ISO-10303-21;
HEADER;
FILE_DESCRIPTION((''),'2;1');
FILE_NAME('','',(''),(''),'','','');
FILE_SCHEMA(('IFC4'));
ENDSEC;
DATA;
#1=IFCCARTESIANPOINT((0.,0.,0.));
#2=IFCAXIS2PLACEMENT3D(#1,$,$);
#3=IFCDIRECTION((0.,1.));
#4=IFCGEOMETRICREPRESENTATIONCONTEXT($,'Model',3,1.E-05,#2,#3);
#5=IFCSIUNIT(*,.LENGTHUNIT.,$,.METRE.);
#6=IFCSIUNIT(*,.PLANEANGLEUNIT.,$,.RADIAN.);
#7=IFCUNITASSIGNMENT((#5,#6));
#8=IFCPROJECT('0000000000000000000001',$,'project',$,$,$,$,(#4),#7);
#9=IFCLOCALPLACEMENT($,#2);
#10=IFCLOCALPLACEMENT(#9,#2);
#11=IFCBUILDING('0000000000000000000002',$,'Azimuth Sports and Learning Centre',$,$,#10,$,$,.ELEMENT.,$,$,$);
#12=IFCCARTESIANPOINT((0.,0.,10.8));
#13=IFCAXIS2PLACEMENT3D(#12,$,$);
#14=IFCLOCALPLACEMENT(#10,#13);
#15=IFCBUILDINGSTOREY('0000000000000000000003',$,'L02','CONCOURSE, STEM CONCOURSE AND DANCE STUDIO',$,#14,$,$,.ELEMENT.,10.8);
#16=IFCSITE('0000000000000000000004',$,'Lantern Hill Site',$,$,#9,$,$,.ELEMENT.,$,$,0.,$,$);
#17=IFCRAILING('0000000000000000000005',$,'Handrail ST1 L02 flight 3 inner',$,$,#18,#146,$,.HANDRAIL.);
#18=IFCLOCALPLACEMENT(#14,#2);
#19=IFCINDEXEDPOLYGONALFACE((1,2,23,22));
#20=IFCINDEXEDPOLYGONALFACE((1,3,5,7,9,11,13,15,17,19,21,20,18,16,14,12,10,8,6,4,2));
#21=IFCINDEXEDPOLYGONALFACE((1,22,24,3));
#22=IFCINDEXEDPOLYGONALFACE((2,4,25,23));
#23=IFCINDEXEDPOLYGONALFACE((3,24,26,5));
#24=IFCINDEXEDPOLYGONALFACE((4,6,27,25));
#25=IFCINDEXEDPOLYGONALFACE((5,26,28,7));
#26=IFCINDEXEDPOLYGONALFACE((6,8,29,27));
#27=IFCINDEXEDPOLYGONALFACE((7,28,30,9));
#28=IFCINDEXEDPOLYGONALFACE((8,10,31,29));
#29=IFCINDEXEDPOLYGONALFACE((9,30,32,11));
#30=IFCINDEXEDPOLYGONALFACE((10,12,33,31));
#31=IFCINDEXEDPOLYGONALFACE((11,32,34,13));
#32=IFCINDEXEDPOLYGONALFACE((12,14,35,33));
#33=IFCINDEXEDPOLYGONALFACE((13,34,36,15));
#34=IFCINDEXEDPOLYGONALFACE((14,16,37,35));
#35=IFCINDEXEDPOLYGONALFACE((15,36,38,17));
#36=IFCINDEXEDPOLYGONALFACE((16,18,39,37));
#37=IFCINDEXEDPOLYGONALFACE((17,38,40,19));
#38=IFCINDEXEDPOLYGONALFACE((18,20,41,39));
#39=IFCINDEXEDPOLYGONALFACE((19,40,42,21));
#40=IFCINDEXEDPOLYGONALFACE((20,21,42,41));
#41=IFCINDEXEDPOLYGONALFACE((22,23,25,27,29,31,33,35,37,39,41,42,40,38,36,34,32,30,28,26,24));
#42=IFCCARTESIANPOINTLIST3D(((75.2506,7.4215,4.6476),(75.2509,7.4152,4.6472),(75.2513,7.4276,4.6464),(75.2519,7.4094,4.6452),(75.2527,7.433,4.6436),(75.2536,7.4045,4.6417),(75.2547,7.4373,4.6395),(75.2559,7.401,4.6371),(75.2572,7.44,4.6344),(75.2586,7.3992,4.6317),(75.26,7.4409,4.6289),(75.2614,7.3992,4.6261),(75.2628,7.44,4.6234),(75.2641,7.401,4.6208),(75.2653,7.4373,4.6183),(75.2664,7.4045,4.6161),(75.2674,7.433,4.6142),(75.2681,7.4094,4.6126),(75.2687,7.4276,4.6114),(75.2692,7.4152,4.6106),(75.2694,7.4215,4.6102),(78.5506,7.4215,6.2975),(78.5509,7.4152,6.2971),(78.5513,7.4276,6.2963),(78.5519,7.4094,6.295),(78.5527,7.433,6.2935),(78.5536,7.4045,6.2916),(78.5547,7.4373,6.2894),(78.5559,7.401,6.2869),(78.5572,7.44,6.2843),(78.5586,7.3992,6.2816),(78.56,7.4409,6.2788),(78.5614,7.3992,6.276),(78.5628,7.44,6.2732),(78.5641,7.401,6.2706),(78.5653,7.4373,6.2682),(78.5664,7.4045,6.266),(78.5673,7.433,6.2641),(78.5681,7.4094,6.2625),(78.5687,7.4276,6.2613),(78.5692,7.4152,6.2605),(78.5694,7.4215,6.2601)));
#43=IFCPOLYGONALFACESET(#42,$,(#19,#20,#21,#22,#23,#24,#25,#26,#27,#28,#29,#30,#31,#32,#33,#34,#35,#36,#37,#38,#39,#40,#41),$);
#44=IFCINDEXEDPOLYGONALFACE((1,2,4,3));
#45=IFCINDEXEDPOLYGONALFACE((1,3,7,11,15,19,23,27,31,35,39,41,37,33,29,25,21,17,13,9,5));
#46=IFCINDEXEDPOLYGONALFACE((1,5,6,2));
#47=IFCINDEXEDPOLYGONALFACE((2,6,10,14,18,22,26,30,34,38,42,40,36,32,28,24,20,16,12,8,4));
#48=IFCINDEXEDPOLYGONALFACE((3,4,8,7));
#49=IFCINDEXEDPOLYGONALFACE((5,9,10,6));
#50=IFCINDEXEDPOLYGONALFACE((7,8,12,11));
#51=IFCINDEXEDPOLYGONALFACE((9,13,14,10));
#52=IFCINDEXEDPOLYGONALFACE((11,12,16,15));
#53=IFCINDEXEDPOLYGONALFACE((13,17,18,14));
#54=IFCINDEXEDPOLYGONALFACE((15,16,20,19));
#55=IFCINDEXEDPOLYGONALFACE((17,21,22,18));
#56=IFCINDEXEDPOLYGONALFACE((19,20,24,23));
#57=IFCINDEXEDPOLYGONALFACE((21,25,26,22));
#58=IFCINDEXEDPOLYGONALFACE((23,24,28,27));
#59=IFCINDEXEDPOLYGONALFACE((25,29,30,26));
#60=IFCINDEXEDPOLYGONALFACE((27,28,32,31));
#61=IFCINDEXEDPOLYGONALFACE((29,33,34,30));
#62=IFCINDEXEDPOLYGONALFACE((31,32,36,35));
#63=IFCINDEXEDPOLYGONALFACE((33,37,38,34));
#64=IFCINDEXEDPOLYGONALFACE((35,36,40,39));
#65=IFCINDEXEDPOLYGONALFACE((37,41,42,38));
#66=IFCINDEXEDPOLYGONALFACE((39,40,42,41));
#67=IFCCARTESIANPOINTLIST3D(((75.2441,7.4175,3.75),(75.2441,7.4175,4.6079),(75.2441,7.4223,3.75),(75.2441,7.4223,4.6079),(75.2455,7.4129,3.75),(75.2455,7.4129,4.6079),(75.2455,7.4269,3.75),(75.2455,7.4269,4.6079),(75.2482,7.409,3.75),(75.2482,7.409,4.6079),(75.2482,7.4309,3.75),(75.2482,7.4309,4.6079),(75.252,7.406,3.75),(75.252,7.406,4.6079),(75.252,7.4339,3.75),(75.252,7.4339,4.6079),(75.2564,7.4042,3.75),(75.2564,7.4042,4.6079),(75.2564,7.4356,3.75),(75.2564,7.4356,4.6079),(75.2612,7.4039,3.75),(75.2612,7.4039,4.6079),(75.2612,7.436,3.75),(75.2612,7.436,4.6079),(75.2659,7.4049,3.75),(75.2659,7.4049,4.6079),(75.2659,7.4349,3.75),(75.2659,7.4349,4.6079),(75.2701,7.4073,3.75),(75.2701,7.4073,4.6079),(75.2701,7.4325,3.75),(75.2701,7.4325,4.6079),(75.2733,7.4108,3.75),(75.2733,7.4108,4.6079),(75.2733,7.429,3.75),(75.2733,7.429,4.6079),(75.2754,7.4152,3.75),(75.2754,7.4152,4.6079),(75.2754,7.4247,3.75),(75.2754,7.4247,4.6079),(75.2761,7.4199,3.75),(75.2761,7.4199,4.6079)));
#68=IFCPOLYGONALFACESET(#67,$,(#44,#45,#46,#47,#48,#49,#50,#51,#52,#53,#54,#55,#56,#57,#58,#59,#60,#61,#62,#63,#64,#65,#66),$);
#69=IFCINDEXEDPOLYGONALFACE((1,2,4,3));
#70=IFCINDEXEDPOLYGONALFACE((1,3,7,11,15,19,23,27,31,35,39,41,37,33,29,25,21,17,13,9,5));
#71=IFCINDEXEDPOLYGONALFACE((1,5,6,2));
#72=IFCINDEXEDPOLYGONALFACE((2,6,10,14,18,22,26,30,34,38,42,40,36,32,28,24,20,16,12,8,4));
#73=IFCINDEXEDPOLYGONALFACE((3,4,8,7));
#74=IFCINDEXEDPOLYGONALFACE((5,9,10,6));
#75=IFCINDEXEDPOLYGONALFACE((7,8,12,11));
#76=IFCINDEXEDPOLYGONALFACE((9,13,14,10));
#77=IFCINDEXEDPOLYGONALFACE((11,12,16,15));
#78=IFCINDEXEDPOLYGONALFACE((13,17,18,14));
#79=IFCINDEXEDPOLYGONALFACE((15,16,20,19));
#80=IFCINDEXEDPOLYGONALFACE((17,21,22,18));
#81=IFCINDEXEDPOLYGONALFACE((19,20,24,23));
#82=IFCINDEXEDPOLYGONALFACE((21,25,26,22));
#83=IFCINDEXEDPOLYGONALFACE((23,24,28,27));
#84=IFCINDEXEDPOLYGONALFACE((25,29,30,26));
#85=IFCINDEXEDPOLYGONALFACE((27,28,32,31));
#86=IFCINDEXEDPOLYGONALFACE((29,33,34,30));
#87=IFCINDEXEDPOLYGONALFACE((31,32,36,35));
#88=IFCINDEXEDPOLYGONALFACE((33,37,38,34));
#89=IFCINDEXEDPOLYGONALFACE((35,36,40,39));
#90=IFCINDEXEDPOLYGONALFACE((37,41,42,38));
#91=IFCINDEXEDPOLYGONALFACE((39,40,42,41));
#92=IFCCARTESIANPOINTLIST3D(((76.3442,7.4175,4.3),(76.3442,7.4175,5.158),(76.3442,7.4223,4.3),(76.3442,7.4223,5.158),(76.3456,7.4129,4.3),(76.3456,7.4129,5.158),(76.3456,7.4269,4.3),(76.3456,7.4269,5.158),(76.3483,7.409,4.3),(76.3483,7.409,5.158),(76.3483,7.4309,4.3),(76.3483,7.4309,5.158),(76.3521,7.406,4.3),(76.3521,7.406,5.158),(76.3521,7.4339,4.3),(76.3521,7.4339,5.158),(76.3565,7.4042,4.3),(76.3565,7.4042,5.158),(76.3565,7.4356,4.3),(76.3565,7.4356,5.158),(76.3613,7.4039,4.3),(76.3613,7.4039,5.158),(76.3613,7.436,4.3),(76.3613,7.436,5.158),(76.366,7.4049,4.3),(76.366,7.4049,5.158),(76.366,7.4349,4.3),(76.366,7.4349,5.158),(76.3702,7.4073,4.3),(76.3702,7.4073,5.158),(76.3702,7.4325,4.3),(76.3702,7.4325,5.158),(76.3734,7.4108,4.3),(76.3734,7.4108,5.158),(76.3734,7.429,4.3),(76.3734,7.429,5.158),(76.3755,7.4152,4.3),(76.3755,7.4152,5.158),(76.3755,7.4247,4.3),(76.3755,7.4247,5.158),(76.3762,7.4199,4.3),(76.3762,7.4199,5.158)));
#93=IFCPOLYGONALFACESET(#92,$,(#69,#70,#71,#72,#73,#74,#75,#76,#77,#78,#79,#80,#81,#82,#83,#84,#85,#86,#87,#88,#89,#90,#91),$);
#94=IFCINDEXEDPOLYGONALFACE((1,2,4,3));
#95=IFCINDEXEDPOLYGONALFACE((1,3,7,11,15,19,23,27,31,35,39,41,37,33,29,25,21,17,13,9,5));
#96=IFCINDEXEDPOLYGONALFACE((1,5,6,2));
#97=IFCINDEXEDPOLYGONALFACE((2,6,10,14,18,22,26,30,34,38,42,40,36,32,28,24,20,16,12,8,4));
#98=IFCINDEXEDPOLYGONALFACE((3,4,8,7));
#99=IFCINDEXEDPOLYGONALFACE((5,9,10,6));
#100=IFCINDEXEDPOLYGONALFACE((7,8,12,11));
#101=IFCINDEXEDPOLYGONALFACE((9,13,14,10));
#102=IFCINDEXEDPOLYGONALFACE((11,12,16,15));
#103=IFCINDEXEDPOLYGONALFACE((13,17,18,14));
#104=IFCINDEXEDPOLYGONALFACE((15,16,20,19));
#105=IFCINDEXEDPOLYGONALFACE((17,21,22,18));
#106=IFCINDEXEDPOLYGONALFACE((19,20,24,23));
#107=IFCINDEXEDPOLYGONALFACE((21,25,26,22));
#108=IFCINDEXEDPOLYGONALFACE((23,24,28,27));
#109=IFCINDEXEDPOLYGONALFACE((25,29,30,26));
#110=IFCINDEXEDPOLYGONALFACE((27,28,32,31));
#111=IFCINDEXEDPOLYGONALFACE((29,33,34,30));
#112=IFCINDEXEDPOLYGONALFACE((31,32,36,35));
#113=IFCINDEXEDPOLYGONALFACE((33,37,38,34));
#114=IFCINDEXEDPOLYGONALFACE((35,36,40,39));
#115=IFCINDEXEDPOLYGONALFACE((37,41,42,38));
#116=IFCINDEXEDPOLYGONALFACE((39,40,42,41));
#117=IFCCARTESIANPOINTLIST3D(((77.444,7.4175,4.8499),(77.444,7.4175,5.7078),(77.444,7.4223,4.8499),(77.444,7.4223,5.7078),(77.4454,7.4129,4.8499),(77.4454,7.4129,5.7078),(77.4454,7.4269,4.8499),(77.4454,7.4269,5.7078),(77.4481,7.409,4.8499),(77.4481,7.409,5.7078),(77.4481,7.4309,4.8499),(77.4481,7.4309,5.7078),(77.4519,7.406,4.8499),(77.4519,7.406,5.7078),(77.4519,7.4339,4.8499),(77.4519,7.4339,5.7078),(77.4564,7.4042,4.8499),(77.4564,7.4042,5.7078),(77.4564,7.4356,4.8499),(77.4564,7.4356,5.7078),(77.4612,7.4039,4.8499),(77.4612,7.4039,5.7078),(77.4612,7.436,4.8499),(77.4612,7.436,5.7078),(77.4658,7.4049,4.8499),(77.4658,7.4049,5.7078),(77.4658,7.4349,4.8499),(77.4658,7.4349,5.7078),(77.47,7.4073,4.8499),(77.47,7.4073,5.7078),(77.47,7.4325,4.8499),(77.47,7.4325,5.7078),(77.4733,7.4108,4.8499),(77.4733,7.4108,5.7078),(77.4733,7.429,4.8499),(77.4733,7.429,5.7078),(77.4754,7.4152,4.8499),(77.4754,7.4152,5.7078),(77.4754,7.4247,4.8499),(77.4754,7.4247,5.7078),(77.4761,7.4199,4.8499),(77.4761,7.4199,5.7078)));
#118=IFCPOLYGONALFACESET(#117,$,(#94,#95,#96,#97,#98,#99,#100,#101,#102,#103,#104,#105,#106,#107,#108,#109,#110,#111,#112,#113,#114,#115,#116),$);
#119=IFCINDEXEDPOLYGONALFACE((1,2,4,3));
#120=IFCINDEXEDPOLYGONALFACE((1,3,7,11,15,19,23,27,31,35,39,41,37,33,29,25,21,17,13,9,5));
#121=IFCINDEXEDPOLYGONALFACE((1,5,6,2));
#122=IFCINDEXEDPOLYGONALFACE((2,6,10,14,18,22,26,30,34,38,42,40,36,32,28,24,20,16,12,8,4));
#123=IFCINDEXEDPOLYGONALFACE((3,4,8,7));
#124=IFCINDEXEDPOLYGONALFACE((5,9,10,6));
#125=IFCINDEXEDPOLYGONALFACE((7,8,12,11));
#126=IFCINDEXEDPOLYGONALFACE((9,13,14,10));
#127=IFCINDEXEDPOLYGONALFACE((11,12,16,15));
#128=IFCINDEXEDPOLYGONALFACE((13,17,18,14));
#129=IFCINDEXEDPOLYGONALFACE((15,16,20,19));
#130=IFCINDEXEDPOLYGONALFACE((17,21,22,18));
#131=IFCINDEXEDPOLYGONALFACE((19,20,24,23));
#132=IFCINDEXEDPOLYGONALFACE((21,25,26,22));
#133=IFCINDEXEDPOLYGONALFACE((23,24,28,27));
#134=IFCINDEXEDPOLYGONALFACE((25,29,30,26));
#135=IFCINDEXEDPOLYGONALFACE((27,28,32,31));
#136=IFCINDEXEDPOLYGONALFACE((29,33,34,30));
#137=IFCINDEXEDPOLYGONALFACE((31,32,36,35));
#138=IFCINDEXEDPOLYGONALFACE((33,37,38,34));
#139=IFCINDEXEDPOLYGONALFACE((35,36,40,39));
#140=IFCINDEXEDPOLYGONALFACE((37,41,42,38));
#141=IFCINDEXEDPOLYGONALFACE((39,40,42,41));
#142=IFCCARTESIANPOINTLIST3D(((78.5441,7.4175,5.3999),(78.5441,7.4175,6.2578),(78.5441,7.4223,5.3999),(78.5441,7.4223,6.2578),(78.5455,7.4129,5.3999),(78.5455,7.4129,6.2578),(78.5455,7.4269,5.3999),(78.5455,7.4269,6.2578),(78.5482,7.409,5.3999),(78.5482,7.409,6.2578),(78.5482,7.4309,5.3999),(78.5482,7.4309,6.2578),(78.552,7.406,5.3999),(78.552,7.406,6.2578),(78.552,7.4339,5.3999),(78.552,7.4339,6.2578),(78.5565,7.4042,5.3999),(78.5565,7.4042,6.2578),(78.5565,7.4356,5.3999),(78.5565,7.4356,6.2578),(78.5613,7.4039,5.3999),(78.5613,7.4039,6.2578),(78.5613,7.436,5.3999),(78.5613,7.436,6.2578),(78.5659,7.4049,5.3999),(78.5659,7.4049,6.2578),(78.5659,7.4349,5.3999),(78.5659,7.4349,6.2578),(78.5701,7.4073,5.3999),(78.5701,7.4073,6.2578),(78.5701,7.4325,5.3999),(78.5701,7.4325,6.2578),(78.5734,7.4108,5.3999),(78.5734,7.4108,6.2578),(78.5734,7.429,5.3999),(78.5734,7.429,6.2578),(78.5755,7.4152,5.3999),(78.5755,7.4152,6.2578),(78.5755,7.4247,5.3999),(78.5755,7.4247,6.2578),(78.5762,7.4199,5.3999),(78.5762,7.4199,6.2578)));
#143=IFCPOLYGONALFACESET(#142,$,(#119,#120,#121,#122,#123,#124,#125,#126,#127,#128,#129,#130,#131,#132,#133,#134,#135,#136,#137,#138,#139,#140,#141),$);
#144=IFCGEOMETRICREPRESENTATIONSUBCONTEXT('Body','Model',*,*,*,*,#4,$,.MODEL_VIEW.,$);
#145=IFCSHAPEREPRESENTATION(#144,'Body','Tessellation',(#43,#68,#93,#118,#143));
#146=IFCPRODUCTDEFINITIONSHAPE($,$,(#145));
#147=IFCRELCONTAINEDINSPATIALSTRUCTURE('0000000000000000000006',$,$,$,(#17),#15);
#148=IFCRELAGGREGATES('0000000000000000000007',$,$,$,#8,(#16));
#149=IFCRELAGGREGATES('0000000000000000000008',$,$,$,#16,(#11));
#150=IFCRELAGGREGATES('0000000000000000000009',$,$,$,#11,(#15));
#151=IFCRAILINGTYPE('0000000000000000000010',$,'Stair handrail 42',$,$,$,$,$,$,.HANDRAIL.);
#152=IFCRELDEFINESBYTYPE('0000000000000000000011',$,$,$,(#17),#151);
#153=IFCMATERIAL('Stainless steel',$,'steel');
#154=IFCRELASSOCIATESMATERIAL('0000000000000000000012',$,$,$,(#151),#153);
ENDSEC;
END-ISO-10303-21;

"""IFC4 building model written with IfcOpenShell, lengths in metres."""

from ifc_helpers import new_model, si_unit, direction, frame, origin, origin_2d, place, context, subcontext, project, spatial, circle, extrude, material, type_object, element, save


model = new_model("IFC4")

# Units and contexts
model_context = context("Model", 3, precision=1e-05, world=origin(), true_north=direction((0.0, 1.0)))
body_context = subcontext(model_context, "Body", "Model", "MODEL_VIEW")
ifc_project = project(units=[si_unit("LENGTHUNIT", "METRE"), si_unit("PLANEANGLEUNIT", "RADIAN")], contexts=[model_context])

# Site, building, storey
site_placement = place(None, origin())
site = spatial("IfcSite", under=ifc_project, at=site_placement, Name="Lantern Hill Site", CompositionType="ELEMENT", RefElevation=0.0)
building_placement = place(site_placement, origin())
building = spatial("IfcBuilding", under=site, at=building_placement, Name="Azimuth Sports and Learning Centre", CompositionType="ELEMENT")
storey_placement = place(building_placement, frame((0.0, 0.0, 10.8)))
storey = spatial("IfcBuildingStorey", under=building, at=storey_placement, Name="L02", Description="CONCOURSE, STEM CONCOURSE AND DANCE STUDIO", CompositionType="ELEMENT", Elevation=10.8)

# Railing
ifc_material_1 = material(Name="Stainless steel", Category="steel")
railing_type_1 = type_object("IfcRailingType", Name="Stair handrail 42", PredefinedType="HANDRAIL", material=ifc_material_1)
railing_1_placement = place(storey_placement, frame((75.26, 7.4199, 3.75)))
element("IfcRailing", 1, at=railing_1_placement, inside=storey, type_object=railing_type_1, Name="Handrail ST1 L02 flight 3 inner", PredefinedType="HANDRAIL", context=body_context, shape_type="SweptSolid", body=[
    extrude(circle(Radius=0.021, at=origin_2d()), frame((0.0, 0.0, 0.8789), z_axis=(0.89444, 0.0, 0.447187), x_axis=(0.0, 1.0, 0.0)), (0.0, 0.0, 1.0), 3.6895),
    extrude(circle(Radius=0.0161, at=origin_2d()), origin(), (0.0, 0.0, 1.0), 0.8579),
    extrude(circle(Radius=0.0161, at=origin_2d()), frame((1.1001, 0.0, 0.55)), (0.0, 0.0, 1.0), 0.8579),
    extrude(circle(Radius=0.0161, at=origin_2d()), frame((2.2, 0.0, 1.0999)), (0.0, 0.0, 1.0), 0.8579),
    extrude(circle(Radius=0.0161, at=origin_2d()), frame((3.3, 0.0, 1.6499)), (0.0, 0.0, 1.0), 0.8579),
])

save(model, "model.ifc")
